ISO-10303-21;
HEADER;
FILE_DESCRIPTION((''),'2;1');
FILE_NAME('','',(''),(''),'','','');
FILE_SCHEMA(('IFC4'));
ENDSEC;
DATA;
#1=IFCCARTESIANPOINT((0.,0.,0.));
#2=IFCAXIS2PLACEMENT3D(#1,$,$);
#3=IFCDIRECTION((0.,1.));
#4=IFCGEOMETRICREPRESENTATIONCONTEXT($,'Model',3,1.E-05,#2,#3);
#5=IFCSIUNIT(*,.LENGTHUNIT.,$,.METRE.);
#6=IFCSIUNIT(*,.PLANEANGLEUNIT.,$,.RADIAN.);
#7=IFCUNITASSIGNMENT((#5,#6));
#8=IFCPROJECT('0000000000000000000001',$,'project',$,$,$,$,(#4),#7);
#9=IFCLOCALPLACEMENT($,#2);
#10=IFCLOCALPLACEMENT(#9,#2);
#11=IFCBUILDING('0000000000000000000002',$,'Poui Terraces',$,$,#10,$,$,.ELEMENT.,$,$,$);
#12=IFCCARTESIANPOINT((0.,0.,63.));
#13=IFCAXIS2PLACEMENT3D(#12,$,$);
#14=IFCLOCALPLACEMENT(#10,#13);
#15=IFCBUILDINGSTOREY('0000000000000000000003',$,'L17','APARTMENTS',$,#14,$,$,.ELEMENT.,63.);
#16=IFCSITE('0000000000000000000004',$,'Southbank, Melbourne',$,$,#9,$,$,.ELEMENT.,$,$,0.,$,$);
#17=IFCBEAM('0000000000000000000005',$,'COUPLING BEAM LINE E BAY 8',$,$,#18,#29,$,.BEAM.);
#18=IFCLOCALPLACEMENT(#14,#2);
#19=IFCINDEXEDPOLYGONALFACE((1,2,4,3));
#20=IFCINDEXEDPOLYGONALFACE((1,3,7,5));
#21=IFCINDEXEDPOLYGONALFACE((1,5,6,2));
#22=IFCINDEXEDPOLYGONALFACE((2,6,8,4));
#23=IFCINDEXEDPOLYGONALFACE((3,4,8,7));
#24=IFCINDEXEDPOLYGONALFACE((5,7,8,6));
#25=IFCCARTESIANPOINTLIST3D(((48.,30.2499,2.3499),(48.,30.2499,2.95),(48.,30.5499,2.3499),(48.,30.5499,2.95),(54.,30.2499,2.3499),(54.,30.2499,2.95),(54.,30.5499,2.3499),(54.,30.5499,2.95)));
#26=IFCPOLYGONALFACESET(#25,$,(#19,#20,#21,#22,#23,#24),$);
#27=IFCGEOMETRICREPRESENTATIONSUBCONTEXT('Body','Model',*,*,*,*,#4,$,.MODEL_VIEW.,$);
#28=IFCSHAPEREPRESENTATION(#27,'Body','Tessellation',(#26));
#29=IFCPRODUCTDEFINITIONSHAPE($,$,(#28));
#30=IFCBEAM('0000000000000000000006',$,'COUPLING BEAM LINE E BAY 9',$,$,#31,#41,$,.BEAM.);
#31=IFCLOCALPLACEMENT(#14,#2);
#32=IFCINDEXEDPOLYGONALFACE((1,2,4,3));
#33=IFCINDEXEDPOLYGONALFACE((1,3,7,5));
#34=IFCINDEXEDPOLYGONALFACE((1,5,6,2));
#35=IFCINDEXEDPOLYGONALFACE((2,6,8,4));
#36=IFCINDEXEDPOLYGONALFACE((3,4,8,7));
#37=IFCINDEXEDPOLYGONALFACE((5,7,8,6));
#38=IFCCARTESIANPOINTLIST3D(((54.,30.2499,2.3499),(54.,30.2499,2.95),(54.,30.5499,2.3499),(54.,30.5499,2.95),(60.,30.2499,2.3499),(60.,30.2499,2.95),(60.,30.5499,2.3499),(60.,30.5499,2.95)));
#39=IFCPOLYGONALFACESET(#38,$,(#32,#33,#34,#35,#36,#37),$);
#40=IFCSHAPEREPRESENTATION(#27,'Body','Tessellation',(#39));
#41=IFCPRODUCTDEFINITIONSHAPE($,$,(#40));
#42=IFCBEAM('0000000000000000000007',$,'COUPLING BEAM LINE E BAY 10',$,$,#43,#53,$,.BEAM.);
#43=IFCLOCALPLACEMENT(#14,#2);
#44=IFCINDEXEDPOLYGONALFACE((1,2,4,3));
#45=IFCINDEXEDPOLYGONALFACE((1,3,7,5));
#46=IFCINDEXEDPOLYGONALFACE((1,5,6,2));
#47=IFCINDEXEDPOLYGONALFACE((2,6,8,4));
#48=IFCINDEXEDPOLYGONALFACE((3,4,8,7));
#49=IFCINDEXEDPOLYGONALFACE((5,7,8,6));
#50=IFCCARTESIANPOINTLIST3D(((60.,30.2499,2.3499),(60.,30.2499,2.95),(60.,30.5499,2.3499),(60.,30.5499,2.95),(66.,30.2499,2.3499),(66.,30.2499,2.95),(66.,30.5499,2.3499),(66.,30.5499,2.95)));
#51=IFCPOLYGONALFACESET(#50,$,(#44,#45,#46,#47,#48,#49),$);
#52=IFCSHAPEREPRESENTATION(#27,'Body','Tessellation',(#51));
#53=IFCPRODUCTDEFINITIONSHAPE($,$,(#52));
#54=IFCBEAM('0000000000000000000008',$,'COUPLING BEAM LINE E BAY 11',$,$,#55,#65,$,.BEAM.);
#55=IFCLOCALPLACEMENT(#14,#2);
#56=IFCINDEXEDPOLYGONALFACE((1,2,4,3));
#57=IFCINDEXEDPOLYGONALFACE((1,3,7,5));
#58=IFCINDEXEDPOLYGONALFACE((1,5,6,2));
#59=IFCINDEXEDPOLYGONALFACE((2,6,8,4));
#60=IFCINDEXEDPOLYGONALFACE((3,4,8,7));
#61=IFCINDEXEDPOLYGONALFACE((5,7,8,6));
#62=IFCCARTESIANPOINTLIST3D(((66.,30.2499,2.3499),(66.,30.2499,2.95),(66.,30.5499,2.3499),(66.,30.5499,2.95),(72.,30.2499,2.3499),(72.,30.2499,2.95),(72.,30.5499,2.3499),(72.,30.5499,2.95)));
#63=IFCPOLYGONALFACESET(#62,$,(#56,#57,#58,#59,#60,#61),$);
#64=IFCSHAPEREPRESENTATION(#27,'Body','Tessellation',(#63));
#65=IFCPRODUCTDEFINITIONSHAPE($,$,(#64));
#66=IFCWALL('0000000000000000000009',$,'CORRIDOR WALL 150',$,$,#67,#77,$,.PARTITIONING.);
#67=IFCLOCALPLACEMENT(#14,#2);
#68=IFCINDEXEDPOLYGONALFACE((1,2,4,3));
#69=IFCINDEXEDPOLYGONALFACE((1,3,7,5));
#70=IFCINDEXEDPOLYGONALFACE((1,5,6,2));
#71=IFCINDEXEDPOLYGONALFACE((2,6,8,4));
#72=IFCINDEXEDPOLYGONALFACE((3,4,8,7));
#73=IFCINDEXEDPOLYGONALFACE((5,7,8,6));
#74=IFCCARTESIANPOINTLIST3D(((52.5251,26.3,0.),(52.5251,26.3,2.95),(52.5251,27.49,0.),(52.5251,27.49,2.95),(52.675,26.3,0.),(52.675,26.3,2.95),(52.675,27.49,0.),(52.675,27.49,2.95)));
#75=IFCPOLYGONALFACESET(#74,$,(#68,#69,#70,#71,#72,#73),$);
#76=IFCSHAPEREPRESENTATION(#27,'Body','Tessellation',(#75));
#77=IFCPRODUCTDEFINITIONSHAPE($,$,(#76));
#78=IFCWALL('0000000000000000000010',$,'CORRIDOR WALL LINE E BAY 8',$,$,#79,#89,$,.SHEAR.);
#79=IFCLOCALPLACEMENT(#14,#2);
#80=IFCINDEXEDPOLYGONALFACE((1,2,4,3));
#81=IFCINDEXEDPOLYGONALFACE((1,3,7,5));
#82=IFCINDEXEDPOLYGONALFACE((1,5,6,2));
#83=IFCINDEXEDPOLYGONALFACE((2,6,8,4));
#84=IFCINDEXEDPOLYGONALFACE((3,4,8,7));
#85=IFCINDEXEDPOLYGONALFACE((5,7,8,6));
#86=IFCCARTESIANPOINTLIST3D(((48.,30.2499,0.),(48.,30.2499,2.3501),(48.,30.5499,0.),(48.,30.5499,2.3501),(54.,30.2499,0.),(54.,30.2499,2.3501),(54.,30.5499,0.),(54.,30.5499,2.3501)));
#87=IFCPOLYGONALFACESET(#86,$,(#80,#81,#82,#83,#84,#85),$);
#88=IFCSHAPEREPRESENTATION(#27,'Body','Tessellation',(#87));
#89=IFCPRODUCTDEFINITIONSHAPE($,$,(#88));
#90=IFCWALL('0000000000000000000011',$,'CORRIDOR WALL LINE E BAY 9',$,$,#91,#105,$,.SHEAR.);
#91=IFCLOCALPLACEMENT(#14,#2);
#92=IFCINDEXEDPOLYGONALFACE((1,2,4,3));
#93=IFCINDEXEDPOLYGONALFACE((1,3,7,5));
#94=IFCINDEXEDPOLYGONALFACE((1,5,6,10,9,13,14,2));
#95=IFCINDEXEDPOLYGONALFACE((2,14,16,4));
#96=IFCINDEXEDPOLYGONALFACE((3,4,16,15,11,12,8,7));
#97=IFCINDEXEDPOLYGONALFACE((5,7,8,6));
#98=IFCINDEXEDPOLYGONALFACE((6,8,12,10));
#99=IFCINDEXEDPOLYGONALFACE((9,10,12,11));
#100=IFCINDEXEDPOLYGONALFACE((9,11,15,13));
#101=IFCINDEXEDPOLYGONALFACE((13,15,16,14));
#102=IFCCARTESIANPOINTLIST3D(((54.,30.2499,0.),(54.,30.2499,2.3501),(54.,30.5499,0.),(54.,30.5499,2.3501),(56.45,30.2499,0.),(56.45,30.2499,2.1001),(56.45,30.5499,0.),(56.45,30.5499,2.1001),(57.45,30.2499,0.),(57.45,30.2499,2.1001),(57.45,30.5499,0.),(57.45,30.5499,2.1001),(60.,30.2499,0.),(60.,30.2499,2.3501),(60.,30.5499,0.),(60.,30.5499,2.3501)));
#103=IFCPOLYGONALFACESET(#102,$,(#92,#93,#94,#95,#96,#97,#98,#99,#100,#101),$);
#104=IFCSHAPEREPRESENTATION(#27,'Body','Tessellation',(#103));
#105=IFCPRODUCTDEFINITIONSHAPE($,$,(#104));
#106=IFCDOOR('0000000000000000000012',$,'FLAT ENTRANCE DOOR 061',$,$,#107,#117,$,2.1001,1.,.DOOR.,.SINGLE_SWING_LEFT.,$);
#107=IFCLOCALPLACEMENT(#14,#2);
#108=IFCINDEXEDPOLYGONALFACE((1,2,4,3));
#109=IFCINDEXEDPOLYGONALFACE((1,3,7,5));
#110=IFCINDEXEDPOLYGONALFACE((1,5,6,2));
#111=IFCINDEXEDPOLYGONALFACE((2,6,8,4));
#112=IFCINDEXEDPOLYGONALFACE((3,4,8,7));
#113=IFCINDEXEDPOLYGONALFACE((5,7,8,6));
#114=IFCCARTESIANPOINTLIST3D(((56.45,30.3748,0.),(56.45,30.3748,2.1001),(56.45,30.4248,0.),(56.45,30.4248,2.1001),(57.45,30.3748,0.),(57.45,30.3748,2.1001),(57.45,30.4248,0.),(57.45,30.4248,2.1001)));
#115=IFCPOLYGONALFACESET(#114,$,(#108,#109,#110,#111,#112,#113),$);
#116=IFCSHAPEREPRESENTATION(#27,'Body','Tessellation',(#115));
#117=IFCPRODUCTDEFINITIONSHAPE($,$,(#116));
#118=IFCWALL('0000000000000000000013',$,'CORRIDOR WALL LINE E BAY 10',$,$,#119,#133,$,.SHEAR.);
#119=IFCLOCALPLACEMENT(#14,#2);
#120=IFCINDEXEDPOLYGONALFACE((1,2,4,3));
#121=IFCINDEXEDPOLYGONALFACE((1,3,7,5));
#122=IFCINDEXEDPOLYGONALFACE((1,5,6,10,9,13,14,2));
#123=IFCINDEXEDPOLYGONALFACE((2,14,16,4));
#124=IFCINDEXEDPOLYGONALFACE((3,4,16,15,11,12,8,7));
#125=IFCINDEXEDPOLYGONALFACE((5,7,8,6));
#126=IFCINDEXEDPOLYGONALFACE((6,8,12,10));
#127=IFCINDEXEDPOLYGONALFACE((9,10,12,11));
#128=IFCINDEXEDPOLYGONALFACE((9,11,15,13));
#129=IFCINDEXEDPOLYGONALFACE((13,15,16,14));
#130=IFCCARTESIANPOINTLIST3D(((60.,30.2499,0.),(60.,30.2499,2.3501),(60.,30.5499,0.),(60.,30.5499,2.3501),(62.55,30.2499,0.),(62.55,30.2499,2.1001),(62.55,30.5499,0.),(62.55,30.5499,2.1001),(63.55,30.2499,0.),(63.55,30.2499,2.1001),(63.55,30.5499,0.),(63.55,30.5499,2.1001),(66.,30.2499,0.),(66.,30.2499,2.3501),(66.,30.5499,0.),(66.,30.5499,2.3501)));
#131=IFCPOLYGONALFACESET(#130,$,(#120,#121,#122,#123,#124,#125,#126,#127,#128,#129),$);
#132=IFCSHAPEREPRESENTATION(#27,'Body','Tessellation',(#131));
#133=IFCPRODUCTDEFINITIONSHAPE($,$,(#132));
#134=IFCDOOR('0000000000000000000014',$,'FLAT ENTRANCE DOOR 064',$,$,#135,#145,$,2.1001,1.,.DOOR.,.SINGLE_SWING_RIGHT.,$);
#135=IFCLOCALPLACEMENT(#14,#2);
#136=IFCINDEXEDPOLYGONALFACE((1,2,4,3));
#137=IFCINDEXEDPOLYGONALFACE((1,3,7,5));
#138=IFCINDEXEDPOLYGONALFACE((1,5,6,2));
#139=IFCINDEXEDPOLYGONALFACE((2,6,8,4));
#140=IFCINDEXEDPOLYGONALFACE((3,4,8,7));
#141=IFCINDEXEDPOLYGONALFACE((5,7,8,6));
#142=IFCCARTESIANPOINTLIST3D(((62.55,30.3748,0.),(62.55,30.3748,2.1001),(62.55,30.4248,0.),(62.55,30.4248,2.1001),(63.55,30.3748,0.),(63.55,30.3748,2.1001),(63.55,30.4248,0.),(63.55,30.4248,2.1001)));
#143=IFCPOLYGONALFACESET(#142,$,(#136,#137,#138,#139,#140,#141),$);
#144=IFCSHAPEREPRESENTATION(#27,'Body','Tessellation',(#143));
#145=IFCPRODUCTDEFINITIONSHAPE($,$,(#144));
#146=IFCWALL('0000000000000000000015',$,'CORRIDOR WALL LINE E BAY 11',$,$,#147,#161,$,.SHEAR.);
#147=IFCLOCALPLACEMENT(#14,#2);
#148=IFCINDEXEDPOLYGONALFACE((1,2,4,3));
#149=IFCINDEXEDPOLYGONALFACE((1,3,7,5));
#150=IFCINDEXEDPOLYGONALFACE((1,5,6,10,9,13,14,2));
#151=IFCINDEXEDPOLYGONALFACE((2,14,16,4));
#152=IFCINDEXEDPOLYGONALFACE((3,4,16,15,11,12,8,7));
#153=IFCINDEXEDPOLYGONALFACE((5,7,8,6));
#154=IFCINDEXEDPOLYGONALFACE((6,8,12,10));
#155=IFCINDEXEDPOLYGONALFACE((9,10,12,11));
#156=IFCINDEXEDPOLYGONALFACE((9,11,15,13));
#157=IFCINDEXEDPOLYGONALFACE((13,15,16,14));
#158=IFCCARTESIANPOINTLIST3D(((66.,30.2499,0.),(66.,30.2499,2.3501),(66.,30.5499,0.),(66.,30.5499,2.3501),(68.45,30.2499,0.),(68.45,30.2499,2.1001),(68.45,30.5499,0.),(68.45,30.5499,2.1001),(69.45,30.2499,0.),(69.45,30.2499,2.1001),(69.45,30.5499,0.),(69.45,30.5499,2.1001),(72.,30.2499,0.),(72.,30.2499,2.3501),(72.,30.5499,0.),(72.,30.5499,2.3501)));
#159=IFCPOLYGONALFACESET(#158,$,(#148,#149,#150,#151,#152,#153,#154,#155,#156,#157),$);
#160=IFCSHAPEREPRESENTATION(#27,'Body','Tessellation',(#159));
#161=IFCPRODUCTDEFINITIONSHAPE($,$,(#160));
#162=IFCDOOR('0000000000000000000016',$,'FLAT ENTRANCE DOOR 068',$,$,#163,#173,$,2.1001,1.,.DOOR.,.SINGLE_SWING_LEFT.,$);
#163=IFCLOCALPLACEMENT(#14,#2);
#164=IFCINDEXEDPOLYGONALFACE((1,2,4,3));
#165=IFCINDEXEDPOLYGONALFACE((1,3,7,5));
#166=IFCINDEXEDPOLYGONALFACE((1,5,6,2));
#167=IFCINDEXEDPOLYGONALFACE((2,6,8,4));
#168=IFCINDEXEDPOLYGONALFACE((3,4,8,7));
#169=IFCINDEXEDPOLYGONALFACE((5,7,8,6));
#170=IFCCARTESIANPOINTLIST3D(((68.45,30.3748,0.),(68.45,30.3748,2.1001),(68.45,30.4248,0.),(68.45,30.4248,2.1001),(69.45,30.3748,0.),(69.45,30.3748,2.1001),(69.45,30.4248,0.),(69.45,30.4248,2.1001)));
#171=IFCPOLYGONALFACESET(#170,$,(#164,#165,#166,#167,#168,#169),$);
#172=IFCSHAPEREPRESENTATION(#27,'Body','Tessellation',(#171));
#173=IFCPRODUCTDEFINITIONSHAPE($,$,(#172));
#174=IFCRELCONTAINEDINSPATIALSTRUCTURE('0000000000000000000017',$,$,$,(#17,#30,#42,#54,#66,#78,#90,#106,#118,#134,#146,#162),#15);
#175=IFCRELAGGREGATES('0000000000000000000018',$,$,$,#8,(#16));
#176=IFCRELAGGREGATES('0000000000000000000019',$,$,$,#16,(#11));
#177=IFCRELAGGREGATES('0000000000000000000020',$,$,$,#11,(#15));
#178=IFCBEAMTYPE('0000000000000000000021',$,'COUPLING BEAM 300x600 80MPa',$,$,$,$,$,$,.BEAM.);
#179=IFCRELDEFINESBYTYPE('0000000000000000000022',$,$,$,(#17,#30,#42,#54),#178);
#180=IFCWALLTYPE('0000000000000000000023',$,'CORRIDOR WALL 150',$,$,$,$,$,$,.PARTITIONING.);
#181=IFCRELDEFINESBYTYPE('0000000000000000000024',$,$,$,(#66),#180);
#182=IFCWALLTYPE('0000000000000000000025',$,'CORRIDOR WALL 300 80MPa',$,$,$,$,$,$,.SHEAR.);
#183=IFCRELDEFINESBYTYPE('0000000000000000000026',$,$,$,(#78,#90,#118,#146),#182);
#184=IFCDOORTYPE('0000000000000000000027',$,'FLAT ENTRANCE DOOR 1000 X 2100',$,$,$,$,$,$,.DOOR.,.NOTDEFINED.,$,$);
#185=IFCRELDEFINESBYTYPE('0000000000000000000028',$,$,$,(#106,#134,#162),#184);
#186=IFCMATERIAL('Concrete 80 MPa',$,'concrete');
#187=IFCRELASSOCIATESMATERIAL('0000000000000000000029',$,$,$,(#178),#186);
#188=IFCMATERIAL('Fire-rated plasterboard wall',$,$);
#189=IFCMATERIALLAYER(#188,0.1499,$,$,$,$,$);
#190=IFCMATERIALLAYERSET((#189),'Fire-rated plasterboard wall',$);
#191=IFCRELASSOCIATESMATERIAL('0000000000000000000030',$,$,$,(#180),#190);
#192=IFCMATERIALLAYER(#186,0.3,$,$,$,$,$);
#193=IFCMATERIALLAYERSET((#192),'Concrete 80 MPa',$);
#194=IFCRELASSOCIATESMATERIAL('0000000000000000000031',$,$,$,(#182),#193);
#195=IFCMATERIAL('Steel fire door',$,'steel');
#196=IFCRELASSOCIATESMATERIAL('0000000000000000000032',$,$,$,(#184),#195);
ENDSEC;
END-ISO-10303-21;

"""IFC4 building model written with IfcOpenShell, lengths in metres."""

from ifc_helpers import new_model, si_unit, direction, frame, frame_2d, origin, origin_2d, place, context, subcontext, project, spatial, rectangle, extrude, source, transform, mapped, material, layer, layer_set, material_profile, profile_set, type_object, element, fill, save


model = new_model("IFC4")

# Units and contexts
model_context = context("Model", 3, precision=1e-05, world=origin(), true_north=direction((0.0, 1.0)))
body_context = subcontext(model_context, "Body", "Model", "MODEL_VIEW")
ifc_project = project(units=[si_unit("LENGTHUNIT", "METRE"), si_unit("PLANEANGLEUNIT", "RADIAN")], contexts=[model_context])

# Site, building, storey
site_placement = place(None, origin())
site = spatial("IfcSite", under=ifc_project, at=site_placement, Name="Southbank, Melbourne", CompositionType="ELEMENT", RefElevation=0.0)
building_placement = place(site_placement, origin())
building = spatial("IfcBuilding", under=site, at=building_placement, Name="Poui Terraces", CompositionType="ELEMENT")
storey_placement = place(building_placement, frame((0.0, 0.0, 63.0)))
storey = spatial("IfcBuildingStorey", under=building, at=storey_placement, Name="L17", Description="APARTMENTS", CompositionType="ELEMENT", Elevation=63.0)

# Beams
ifc_material_1 = material(Name="Concrete 80 MPa", Category="concrete")
ifc_material_profile = material_profile(ifc_material_1, rectangle(XDim=0.3, YDim=0.6001, at=origin_2d()), Name="RC 300x600")
ifc_profile_set = profile_set([ifc_material_profile], Name="Concrete 80 MPa")
beam_type = type_object("IfcBeamType", Name="COUPLING BEAM 300x600 80MPa", PredefinedType="BEAM", material=ifc_profile_set)
shared_shape = source(origin(), body_context, "Body", "SweptSolid", [
    extrude(rectangle(XDim=0.3, YDim=0.6001, at=origin_2d()), origin(), (0.0, 0.0, 1.0), 6.0),
])
for number, where, z_axis, x_axis, name in (
    (1, (48.0, 30.3999, 2.6499), (1.0, 0.0, 0.0), (0.0, 1.0, 0.0), "COUPLING BEAM LINE E BAY 8"),
    (2, (54.0, 30.3999, 2.6499), (1.0, 0.0, 0.0), (0.0, 1.0, 0.0), "COUPLING BEAM LINE E BAY 9"),
    (3, (60.0, 30.3999, 2.6499), (1.0, 0.0, 0.0), (0.0, 1.0, 0.0), "COUPLING BEAM LINE E BAY 10"),
    (4, (66.0, 30.3999, 2.6499), (1.0, 0.0, 0.0), (0.0, 1.0, 0.0), "COUPLING BEAM LINE E BAY 11"),
):
    element("IfcBeam", number, at=place(storey_placement, frame(where, z_axis=z_axis, x_axis=x_axis)), inside=storey, type_object=beam_type, Name=name, PredefinedType="BEAM", context=body_context, shape_type="MappedRepresentation", body=[
        mapped(shared_shape, transform((0.0, 0.0, 0.0))),
    ])

# Walls
ifc_material_2 = material(Name="Fire-rated plasterboard wall")
ifc_layer_1 = layer(ifc_material_2, 0.1499)
ifc_layer_set_1 = layer_set([ifc_layer_1], Name="Fire-rated plasterboard wall")
wall_type_1 = type_object("IfcWallType", Name="CORRIDOR WALL 150", PredefinedType="PARTITIONING", material=ifc_layer_set_1)
wall_1_placement = place(storey_placement, frame((52.6001, 26.3, 0.0), z_axis=(0.0, 0.0, 1.0), x_axis=(0.0, 1.0, 0.0)))
element("IfcWall", 5, at=wall_1_placement, inside=storey, type_object=wall_type_1, Name="CORRIDOR WALL 150", PredefinedType="PARTITIONING", context=body_context, shape_type="SweptSolid", body=[
    extrude(rectangle(XDim=1.1899, YDim=0.1499, at=frame_2d((0.595, 0.0))), origin(), (0.0, 0.0, 1.0), 2.95),
])
ifc_layer_2 = layer(ifc_material_1, 0.3)
ifc_layer_set_2 = layer_set([ifc_layer_2], Name="Concrete 80 MPa")
wall_type_2 = type_object("IfcWallType", Name="CORRIDOR WALL 300 80MPa", PredefinedType="SHEAR", material=ifc_layer_set_2)
wall_2_placement = place(storey_placement, frame((48.0, 30.3999, 0.0), z_axis=(0.0, 0.0, 1.0), x_axis=(1.0, 0.0, 0.0)))
element("IfcWall", 6, at=wall_2_placement, inside=storey, type_object=wall_type_2, Name="CORRIDOR WALL LINE E BAY 8", PredefinedType="SHEAR", context=body_context, shape_type="SweptSolid", body=[
    extrude(rectangle(XDim=6.0, YDim=0.3, at=frame_2d((3.0, 0.0))), origin(), (0.0, 0.0, 1.0), 2.3501),
])

# Walls, openings, doors
wall_3_placement = place(storey_placement, frame((54.0, 30.3999, 0.0), z_axis=(0.0, 0.0, 1.0), x_axis=(1.0, 0.0, 0.0)))
wall_3 = element("IfcWall", 7, at=wall_3_placement, inside=storey, type_object=wall_type_2, Name="CORRIDOR WALL LINE E BAY 9", PredefinedType="SHEAR", context=body_context, shape_type="SweptSolid", body=[
    extrude(rectangle(XDim=6.0, YDim=0.3, at=frame_2d((3.0, 0.0))), origin(), (0.0, 0.0, 1.0), 2.3501),
])
opening_1_placement = place(wall_3_placement, frame((2.45, 0.0, 0.0)))
opening_1 = element("IfcOpeningElement", 8, at=opening_1_placement, cuts=wall_3, PredefinedType="OPENING", context=body_context, shape_type="SweptSolid", body=[
    extrude(rectangle(XDim=1.0, YDim=2.1001, at=frame_2d((0.5, 1.05))), frame((0.0, 0.1602, 0.0), z_axis=(0.0, -1.0, 0.0), x_axis=(1.0, 0.0, 0.0)), (0.0, 0.0, 1.0), 0.3201),
])
ifc_material_3 = material(Name="Steel fire door", Category="steel")
door_type_1 = type_object("IfcDoorType", Name="FLAT ENTRANCE DOOR 1000 X 2100", OperationType="NOTDEFINED", PredefinedType="DOOR", material=ifc_material_3)
door_1_placement = place(opening_1_placement, origin())
door_1 = element("IfcDoor", 9, at=door_1_placement, inside=storey, type_object=door_type_1, Name="FLAT ENTRANCE DOOR 061", OperationType="SINGLE_SWING_LEFT", OverallHeight=2.1001, OverallWidth=1.0, PredefinedType="DOOR", context=body_context, shape_type="SweptSolid", body=[
    extrude(rectangle(XDim=1.0, YDim=2.1001, at=frame_2d((0.5, 1.05))), frame((0.0, 0.0249, 0.0), z_axis=(0.0, -1.0, 0.0), x_axis=(1.0, 0.0, 0.0)), (0.0, 0.0, 1.0), 0.05),
])
fill(opening_1, door_1)
wall_4_placement = place(storey_placement, frame((60.0, 30.3999, 0.0), z_axis=(0.0, 0.0, 1.0), x_axis=(1.0, 0.0, 0.0)))
wall_4 = element("IfcWall", 10, at=wall_4_placement, inside=storey, type_object=wall_type_2, Name="CORRIDOR WALL LINE E BAY 10", PredefinedType="SHEAR", context=body_context, shape_type="SweptSolid", body=[
    extrude(rectangle(XDim=6.0, YDim=0.3, at=frame_2d((3.0, 0.0))), origin(), (0.0, 0.0, 1.0), 2.3501),
])
opening_2_placement = place(wall_4_placement, frame((2.55, 0.0, 0.0)))
opening_2 = element("IfcOpeningElement", 11, at=opening_2_placement, cuts=wall_4, PredefinedType="OPENING", context=body_context, shape_type="SweptSolid", body=[
    extrude(rectangle(XDim=1.0, YDim=2.1001, at=frame_2d((0.5, 1.05))), frame((0.0, 0.1602, 0.0), z_axis=(0.0, -1.0, 0.0), x_axis=(1.0, 0.0, 0.0)), (0.0, 0.0, 1.0), 0.3201),
])
door_2_placement = place(opening_2_placement, origin())
door_2 = element("IfcDoor", 12, at=door_2_placement, inside=storey, type_object=door_type_1, Name="FLAT ENTRANCE DOOR 064", OperationType="SINGLE_SWING_RIGHT", OverallHeight=2.1001, OverallWidth=1.0, PredefinedType="DOOR", context=body_context, shape_type="SweptSolid", body=[
    extrude(rectangle(XDim=1.0, YDim=2.1001, at=frame_2d((0.5, 1.05))), frame((0.0, 0.0249, 0.0), z_axis=(0.0, -1.0, 0.0), x_axis=(1.0, 0.0, 0.0)), (0.0, 0.0, 1.0), 0.05),
])
fill(opening_2, door_2)
wall_5_placement = place(storey_placement, frame((66.0, 30.3999, 0.0), z_axis=(0.0, 0.0, 1.0), x_axis=(1.0, 0.0, 0.0)))
wall_5 = element("IfcWall", 13, at=wall_5_placement, inside=storey, type_object=wall_type_2, Name="CORRIDOR WALL LINE E BAY 11", PredefinedType="SHEAR", context=body_context, shape_type="SweptSolid", body=[
    extrude(rectangle(XDim=6.0, YDim=0.3, at=frame_2d((3.0, 0.0))), origin(), (0.0, 0.0, 1.0), 2.3501),
])
opening_3_placement = place(wall_5_placement, frame((2.45, 0.0, 0.0)))
opening_3 = element("IfcOpeningElement", 14, at=opening_3_placement, cuts=wall_5, PredefinedType="OPENING", context=body_context, shape_type="SweptSolid", body=[
    extrude(rectangle(XDim=1.0, YDim=2.1001, at=frame_2d((0.5, 1.05))), frame((0.0, 0.1602, 0.0), z_axis=(0.0, -1.0, 0.0), x_axis=(1.0, 0.0, 0.0)), (0.0, 0.0, 1.0), 0.3201),
])
door_3_placement = place(opening_3_placement, origin())
door_3 = element("IfcDoor", 15, at=door_3_placement, inside=storey, type_object=door_type_1, Name="FLAT ENTRANCE DOOR 068", OperationType="SINGLE_SWING_LEFT", OverallHeight=2.1001, OverallWidth=1.0, PredefinedType="DOOR", context=body_context, shape_type="SweptSolid", body=[
    extrude(rectangle(XDim=1.0, YDim=2.1001, at=frame_2d((0.5, 1.05))), frame((0.0, 0.0249, 0.0), z_axis=(0.0, -1.0, 0.0), x_axis=(1.0, 0.0, 0.0)), (0.0, 0.0, 1.0), 0.05),
])
fill(opening_3, door_3)

save(model, "model.ifc")
